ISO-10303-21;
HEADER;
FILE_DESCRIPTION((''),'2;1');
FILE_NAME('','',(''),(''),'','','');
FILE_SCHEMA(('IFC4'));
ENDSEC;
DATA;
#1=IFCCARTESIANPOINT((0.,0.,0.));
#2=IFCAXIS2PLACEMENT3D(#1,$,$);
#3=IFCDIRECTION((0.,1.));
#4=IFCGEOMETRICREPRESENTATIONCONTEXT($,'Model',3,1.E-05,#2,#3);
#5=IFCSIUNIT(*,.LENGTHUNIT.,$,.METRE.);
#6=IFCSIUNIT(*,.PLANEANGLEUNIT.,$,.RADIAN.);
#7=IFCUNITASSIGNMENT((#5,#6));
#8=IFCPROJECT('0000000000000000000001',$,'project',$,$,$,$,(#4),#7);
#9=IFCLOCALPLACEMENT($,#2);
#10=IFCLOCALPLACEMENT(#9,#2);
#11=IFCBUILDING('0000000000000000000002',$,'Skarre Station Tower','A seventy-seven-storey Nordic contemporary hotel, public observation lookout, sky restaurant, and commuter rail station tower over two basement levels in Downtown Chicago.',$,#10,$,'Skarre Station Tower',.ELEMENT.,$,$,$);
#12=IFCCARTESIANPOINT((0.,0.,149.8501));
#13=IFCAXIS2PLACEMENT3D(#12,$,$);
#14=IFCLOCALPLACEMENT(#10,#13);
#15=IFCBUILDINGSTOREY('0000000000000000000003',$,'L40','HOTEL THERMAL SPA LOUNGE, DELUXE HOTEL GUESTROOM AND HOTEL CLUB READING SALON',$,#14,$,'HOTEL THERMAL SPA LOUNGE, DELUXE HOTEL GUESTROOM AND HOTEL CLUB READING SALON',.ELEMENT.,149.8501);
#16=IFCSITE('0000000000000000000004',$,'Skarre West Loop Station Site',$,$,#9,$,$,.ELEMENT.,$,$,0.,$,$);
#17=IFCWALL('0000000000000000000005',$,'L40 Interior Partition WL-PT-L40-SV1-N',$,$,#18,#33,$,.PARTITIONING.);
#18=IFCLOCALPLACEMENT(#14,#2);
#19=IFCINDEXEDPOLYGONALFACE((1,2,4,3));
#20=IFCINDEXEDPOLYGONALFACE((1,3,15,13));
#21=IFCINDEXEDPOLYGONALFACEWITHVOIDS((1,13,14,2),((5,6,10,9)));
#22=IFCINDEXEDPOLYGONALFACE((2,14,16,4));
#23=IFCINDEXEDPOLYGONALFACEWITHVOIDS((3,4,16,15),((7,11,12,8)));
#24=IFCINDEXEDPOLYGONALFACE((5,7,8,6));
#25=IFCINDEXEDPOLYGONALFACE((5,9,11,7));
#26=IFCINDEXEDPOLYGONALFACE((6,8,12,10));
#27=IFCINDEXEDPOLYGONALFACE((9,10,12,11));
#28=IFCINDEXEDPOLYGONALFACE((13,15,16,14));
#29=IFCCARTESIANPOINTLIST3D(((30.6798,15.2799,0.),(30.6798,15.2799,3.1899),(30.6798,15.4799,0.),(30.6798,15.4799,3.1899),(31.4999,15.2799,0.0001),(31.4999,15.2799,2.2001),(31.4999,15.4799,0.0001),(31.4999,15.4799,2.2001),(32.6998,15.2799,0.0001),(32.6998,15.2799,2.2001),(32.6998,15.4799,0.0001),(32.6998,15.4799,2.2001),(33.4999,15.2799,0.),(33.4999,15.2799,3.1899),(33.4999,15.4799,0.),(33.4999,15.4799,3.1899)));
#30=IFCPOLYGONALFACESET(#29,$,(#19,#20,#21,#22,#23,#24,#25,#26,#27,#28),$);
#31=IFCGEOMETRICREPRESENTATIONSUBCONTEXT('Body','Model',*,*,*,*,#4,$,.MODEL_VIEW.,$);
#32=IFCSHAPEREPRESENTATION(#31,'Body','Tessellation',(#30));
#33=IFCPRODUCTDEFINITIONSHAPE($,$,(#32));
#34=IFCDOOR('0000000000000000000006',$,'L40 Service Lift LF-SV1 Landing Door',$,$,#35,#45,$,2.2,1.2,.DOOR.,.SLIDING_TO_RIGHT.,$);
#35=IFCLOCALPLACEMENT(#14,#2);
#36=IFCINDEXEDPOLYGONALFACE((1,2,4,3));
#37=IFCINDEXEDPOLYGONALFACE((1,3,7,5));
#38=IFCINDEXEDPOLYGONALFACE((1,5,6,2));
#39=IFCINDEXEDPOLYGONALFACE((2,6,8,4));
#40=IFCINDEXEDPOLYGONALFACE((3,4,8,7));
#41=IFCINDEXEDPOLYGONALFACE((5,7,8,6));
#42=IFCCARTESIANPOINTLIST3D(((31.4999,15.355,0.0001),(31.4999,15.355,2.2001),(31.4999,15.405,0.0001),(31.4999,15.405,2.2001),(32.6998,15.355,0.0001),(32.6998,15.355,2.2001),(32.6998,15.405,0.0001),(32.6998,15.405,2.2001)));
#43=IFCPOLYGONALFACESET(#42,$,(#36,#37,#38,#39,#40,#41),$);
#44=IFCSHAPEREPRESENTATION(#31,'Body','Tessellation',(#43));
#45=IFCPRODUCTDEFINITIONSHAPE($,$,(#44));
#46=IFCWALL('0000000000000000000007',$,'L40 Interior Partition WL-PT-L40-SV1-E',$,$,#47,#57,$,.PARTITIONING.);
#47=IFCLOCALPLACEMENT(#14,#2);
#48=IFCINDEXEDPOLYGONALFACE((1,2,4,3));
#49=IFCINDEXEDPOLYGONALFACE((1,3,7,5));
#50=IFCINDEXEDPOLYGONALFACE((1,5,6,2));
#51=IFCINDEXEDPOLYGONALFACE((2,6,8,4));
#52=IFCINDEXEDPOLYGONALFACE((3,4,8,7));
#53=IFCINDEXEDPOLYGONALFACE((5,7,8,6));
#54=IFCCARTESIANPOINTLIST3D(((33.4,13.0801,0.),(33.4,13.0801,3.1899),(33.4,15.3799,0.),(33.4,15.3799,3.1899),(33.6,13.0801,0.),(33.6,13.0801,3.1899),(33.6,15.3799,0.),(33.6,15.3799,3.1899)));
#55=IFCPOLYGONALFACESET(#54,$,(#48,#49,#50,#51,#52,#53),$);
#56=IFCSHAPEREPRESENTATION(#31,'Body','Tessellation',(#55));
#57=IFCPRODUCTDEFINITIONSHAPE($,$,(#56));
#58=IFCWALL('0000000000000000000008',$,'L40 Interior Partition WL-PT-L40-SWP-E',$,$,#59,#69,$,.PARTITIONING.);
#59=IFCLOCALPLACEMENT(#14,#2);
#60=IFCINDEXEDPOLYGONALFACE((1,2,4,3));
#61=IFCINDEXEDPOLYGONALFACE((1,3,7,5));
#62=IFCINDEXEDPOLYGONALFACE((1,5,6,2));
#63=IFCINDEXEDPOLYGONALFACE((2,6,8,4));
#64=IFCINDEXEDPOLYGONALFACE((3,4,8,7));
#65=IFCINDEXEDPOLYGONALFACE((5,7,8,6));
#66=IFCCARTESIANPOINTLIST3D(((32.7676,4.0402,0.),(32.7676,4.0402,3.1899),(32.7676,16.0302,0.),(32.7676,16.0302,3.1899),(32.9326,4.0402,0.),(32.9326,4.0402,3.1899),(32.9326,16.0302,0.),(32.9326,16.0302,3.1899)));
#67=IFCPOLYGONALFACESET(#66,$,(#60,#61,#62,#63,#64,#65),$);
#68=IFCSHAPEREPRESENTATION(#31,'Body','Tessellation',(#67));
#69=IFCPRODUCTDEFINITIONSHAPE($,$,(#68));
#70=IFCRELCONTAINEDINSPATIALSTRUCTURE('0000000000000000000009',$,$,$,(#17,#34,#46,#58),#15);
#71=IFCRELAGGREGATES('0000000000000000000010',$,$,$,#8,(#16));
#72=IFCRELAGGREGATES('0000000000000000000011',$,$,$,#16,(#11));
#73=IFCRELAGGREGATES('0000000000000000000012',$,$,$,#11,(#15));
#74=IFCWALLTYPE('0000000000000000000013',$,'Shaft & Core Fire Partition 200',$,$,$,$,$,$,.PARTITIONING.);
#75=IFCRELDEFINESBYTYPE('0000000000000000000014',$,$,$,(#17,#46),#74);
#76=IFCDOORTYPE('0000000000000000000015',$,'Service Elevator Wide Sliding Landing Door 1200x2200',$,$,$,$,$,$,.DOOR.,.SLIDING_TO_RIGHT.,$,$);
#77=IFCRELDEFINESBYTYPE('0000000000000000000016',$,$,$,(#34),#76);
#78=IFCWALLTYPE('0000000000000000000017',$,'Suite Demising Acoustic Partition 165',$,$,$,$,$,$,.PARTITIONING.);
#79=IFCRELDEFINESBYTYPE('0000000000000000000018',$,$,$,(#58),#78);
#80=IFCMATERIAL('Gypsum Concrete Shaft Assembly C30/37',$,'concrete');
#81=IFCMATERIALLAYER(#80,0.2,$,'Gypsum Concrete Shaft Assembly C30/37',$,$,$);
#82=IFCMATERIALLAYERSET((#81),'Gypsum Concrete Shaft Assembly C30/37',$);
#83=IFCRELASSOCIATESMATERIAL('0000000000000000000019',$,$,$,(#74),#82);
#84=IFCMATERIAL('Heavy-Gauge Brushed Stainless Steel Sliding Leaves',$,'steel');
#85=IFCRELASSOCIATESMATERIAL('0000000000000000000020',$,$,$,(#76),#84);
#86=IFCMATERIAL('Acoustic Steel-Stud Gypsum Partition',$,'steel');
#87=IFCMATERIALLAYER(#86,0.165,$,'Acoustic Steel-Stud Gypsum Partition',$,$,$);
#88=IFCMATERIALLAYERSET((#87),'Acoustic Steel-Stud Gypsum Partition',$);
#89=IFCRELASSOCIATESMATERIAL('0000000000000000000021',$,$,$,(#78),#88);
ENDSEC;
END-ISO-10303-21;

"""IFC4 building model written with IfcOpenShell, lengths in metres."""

from ifc_helpers import new_model, si_unit, direction, frame, frame_2d, origin, place, context, subcontext, project, spatial, rectangle, extrude, material, layer, layer_set, type_object, element, fill, save


model = new_model("IFC4")

# Units and contexts
model_context = context("Model", 3, precision=1e-05, world=origin(), true_north=direction((0.0, 1.0)))
body_context = subcontext(model_context, "Body", "Model", "MODEL_VIEW")
ifc_project = project(units=[si_unit("LENGTHUNIT", "METRE"), si_unit("PLANEANGLEUNIT", "RADIAN")], contexts=[model_context])

# Site, building, storey
site_placement = place(None, origin())
site = spatial("IfcSite", under=ifc_project, at=site_placement, Name="Skarre West Loop Station Site", CompositionType="ELEMENT", RefElevation=0.0)
building_placement = place(site_placement, origin())
building = spatial("IfcBuilding", under=site, at=building_placement, Name="Skarre Station Tower", Description="A seventy-seven-storey Nordic contemporary hotel, public observation lookout, sky restaurant, and commuter rail station tower over two basement levels in Downtown Chicago.", LongName="Skarre Station Tower", CompositionType="ELEMENT")
storey_placement = place(building_placement, frame((0.0, 0.0, 149.8501)))
storey = spatial("IfcBuildingStorey", under=building, at=storey_placement, Name="L40", Description="HOTEL THERMAL SPA LOUNGE, DELUXE HOTEL GUESTROOM AND HOTEL CLUB READING SALON", LongName="HOTEL THERMAL SPA LOUNGE, DELUXE HOTEL GUESTROOM AND HOTEL CLUB READING SALON", CompositionType="ELEMENT", Elevation=149.8501)

# Shared definitions
ifc_material_1 = material(Name="Acoustic Steel-Stud Gypsum Partition", Category="steel")

# Wall, opening, door
ifc_material_2 = material(Name="Gypsum Concrete Shaft Assembly C30/37", Category="concrete")
ifc_layer_1 = layer(ifc_material_2, 0.2, Name="Gypsum Concrete Shaft Assembly C30/37")
ifc_layer_set_1 = layer_set([ifc_layer_1], Name="Gypsum Concrete Shaft Assembly C30/37")
wall_type_1 = type_object("IfcWallType", Name="Shaft & Core Fire Partition 200", PredefinedType="PARTITIONING", material=ifc_layer_set_1)
wall_1_placement = place(storey_placement, frame((33.5, 15.3799, 0.0), z_axis=(0.0, 0.0, 1.0), x_axis=(-1.0, 0.0, 0.0)))
wall_1 = element("IfcWall", 1, at=wall_1_placement, inside=storey, type_object=wall_type_1, Name="L40 Interior Partition WL-PT-L40-SV1-N", PredefinedType="PARTITIONING", context=body_context, shape_type="SweptSolid", body=[
    extrude(rectangle(XDim=2.8201, YDim=0.2, at=frame_2d((1.4102, 0.0))), origin(), (0.0, 0.0, 1.0), 3.1899),
])
opening_1_placement = place(wall_1_placement, frame((0.8, 0.0, 0.0)))
opening_1 = element("IfcOpeningElement", 2, at=opening_1_placement, cuts=wall_1, PredefinedType="OPENING", context=body_context, shape_type="SweptSolid", body=[
    extrude(rectangle(XDim=1.2, YDim=2.2, at=frame_2d((0.6001, 1.1001))), frame((0.0, 0.1099, 0.0), z_axis=(0.0, -1.0, 0.0), x_axis=(1.0, 0.0, 0.0)), (0.0, 0.0, 1.0), 0.22),
])
ifc_material_3 = material(Name="Heavy-Gauge Brushed Stainless Steel Sliding Leaves", Category="steel")
door_type_1 = type_object("IfcDoorType", Name="Service Elevator Wide Sliding Landing Door 1200x2200", OperationType="SLIDING_TO_RIGHT", PredefinedType="DOOR", material=ifc_material_3)
door_1_placement = place(opening_1_placement, origin())
door_1 = element("IfcDoor", 3, at=door_1_placement, inside=storey, type_object=door_type_1, Name="L40 Service Lift LF-SV1 Landing Door", OperationType="SLIDING_TO_RIGHT", OverallHeight=2.2, OverallWidth=1.2, PredefinedType="DOOR", context=body_context, shape_type="SweptSolid", body=[
    extrude(rectangle(XDim=1.2, YDim=2.2, at=frame_2d((0.6001, 1.1001))), frame((0.0, 0.0249, 0.0), z_axis=(0.0, -1.0, 0.0), x_axis=(1.0, 0.0, 0.0)), (0.0, 0.0, 1.0), 0.05),
])
fill(opening_1, door_1)

# Walls
wall_2_placement = place(storey_placement, frame((33.5, 13.0801, 0.0), z_axis=(0.0, 0.0, 1.0), x_axis=(0.0, 1.0, 0.0)))
element("IfcWall", 4, at=wall_2_placement, inside=storey, type_object=wall_type_1, Name="L40 Interior Partition WL-PT-L40-SV1-E", PredefinedType="PARTITIONING", context=body_context, shape_type="SweptSolid", body=[
    extrude(rectangle(XDim=2.2998, YDim=0.2, at=frame_2d((1.1499, 0.0))), origin(), (0.0, 0.0, 1.0), 3.1899),
])
ifc_layer_2 = layer(ifc_material_1, 0.165, Name="Acoustic Steel-Stud Gypsum Partition")
ifc_layer_set_2 = layer_set([ifc_layer_2], Name="Acoustic Steel-Stud Gypsum Partition")
wall_type_2 = type_object("IfcWallType", Name="Suite Demising Acoustic Partition 165", PredefinedType="PARTITIONING", material=ifc_layer_set_2)
wall_3_placement = place(storey_placement, frame((32.8501, 4.04, 0.0), z_axis=(0.0, 0.0, 1.0), x_axis=(0.0, 1.0, 0.0)))
element("IfcWall", 5, at=wall_3_placement, inside=storey, type_object=wall_type_2, Name="L40 Interior Partition WL-PT-L40-SWP-E", PredefinedType="PARTITIONING", context=body_context, shape_type="SweptSolid", body=[
    extrude(rectangle(XDim=11.99, YDim=0.165, at=frame_2d((5.9951, 0.0))), origin(), (0.0, 0.0, 1.0), 3.1899),
])

save(model, "model.ifc")
